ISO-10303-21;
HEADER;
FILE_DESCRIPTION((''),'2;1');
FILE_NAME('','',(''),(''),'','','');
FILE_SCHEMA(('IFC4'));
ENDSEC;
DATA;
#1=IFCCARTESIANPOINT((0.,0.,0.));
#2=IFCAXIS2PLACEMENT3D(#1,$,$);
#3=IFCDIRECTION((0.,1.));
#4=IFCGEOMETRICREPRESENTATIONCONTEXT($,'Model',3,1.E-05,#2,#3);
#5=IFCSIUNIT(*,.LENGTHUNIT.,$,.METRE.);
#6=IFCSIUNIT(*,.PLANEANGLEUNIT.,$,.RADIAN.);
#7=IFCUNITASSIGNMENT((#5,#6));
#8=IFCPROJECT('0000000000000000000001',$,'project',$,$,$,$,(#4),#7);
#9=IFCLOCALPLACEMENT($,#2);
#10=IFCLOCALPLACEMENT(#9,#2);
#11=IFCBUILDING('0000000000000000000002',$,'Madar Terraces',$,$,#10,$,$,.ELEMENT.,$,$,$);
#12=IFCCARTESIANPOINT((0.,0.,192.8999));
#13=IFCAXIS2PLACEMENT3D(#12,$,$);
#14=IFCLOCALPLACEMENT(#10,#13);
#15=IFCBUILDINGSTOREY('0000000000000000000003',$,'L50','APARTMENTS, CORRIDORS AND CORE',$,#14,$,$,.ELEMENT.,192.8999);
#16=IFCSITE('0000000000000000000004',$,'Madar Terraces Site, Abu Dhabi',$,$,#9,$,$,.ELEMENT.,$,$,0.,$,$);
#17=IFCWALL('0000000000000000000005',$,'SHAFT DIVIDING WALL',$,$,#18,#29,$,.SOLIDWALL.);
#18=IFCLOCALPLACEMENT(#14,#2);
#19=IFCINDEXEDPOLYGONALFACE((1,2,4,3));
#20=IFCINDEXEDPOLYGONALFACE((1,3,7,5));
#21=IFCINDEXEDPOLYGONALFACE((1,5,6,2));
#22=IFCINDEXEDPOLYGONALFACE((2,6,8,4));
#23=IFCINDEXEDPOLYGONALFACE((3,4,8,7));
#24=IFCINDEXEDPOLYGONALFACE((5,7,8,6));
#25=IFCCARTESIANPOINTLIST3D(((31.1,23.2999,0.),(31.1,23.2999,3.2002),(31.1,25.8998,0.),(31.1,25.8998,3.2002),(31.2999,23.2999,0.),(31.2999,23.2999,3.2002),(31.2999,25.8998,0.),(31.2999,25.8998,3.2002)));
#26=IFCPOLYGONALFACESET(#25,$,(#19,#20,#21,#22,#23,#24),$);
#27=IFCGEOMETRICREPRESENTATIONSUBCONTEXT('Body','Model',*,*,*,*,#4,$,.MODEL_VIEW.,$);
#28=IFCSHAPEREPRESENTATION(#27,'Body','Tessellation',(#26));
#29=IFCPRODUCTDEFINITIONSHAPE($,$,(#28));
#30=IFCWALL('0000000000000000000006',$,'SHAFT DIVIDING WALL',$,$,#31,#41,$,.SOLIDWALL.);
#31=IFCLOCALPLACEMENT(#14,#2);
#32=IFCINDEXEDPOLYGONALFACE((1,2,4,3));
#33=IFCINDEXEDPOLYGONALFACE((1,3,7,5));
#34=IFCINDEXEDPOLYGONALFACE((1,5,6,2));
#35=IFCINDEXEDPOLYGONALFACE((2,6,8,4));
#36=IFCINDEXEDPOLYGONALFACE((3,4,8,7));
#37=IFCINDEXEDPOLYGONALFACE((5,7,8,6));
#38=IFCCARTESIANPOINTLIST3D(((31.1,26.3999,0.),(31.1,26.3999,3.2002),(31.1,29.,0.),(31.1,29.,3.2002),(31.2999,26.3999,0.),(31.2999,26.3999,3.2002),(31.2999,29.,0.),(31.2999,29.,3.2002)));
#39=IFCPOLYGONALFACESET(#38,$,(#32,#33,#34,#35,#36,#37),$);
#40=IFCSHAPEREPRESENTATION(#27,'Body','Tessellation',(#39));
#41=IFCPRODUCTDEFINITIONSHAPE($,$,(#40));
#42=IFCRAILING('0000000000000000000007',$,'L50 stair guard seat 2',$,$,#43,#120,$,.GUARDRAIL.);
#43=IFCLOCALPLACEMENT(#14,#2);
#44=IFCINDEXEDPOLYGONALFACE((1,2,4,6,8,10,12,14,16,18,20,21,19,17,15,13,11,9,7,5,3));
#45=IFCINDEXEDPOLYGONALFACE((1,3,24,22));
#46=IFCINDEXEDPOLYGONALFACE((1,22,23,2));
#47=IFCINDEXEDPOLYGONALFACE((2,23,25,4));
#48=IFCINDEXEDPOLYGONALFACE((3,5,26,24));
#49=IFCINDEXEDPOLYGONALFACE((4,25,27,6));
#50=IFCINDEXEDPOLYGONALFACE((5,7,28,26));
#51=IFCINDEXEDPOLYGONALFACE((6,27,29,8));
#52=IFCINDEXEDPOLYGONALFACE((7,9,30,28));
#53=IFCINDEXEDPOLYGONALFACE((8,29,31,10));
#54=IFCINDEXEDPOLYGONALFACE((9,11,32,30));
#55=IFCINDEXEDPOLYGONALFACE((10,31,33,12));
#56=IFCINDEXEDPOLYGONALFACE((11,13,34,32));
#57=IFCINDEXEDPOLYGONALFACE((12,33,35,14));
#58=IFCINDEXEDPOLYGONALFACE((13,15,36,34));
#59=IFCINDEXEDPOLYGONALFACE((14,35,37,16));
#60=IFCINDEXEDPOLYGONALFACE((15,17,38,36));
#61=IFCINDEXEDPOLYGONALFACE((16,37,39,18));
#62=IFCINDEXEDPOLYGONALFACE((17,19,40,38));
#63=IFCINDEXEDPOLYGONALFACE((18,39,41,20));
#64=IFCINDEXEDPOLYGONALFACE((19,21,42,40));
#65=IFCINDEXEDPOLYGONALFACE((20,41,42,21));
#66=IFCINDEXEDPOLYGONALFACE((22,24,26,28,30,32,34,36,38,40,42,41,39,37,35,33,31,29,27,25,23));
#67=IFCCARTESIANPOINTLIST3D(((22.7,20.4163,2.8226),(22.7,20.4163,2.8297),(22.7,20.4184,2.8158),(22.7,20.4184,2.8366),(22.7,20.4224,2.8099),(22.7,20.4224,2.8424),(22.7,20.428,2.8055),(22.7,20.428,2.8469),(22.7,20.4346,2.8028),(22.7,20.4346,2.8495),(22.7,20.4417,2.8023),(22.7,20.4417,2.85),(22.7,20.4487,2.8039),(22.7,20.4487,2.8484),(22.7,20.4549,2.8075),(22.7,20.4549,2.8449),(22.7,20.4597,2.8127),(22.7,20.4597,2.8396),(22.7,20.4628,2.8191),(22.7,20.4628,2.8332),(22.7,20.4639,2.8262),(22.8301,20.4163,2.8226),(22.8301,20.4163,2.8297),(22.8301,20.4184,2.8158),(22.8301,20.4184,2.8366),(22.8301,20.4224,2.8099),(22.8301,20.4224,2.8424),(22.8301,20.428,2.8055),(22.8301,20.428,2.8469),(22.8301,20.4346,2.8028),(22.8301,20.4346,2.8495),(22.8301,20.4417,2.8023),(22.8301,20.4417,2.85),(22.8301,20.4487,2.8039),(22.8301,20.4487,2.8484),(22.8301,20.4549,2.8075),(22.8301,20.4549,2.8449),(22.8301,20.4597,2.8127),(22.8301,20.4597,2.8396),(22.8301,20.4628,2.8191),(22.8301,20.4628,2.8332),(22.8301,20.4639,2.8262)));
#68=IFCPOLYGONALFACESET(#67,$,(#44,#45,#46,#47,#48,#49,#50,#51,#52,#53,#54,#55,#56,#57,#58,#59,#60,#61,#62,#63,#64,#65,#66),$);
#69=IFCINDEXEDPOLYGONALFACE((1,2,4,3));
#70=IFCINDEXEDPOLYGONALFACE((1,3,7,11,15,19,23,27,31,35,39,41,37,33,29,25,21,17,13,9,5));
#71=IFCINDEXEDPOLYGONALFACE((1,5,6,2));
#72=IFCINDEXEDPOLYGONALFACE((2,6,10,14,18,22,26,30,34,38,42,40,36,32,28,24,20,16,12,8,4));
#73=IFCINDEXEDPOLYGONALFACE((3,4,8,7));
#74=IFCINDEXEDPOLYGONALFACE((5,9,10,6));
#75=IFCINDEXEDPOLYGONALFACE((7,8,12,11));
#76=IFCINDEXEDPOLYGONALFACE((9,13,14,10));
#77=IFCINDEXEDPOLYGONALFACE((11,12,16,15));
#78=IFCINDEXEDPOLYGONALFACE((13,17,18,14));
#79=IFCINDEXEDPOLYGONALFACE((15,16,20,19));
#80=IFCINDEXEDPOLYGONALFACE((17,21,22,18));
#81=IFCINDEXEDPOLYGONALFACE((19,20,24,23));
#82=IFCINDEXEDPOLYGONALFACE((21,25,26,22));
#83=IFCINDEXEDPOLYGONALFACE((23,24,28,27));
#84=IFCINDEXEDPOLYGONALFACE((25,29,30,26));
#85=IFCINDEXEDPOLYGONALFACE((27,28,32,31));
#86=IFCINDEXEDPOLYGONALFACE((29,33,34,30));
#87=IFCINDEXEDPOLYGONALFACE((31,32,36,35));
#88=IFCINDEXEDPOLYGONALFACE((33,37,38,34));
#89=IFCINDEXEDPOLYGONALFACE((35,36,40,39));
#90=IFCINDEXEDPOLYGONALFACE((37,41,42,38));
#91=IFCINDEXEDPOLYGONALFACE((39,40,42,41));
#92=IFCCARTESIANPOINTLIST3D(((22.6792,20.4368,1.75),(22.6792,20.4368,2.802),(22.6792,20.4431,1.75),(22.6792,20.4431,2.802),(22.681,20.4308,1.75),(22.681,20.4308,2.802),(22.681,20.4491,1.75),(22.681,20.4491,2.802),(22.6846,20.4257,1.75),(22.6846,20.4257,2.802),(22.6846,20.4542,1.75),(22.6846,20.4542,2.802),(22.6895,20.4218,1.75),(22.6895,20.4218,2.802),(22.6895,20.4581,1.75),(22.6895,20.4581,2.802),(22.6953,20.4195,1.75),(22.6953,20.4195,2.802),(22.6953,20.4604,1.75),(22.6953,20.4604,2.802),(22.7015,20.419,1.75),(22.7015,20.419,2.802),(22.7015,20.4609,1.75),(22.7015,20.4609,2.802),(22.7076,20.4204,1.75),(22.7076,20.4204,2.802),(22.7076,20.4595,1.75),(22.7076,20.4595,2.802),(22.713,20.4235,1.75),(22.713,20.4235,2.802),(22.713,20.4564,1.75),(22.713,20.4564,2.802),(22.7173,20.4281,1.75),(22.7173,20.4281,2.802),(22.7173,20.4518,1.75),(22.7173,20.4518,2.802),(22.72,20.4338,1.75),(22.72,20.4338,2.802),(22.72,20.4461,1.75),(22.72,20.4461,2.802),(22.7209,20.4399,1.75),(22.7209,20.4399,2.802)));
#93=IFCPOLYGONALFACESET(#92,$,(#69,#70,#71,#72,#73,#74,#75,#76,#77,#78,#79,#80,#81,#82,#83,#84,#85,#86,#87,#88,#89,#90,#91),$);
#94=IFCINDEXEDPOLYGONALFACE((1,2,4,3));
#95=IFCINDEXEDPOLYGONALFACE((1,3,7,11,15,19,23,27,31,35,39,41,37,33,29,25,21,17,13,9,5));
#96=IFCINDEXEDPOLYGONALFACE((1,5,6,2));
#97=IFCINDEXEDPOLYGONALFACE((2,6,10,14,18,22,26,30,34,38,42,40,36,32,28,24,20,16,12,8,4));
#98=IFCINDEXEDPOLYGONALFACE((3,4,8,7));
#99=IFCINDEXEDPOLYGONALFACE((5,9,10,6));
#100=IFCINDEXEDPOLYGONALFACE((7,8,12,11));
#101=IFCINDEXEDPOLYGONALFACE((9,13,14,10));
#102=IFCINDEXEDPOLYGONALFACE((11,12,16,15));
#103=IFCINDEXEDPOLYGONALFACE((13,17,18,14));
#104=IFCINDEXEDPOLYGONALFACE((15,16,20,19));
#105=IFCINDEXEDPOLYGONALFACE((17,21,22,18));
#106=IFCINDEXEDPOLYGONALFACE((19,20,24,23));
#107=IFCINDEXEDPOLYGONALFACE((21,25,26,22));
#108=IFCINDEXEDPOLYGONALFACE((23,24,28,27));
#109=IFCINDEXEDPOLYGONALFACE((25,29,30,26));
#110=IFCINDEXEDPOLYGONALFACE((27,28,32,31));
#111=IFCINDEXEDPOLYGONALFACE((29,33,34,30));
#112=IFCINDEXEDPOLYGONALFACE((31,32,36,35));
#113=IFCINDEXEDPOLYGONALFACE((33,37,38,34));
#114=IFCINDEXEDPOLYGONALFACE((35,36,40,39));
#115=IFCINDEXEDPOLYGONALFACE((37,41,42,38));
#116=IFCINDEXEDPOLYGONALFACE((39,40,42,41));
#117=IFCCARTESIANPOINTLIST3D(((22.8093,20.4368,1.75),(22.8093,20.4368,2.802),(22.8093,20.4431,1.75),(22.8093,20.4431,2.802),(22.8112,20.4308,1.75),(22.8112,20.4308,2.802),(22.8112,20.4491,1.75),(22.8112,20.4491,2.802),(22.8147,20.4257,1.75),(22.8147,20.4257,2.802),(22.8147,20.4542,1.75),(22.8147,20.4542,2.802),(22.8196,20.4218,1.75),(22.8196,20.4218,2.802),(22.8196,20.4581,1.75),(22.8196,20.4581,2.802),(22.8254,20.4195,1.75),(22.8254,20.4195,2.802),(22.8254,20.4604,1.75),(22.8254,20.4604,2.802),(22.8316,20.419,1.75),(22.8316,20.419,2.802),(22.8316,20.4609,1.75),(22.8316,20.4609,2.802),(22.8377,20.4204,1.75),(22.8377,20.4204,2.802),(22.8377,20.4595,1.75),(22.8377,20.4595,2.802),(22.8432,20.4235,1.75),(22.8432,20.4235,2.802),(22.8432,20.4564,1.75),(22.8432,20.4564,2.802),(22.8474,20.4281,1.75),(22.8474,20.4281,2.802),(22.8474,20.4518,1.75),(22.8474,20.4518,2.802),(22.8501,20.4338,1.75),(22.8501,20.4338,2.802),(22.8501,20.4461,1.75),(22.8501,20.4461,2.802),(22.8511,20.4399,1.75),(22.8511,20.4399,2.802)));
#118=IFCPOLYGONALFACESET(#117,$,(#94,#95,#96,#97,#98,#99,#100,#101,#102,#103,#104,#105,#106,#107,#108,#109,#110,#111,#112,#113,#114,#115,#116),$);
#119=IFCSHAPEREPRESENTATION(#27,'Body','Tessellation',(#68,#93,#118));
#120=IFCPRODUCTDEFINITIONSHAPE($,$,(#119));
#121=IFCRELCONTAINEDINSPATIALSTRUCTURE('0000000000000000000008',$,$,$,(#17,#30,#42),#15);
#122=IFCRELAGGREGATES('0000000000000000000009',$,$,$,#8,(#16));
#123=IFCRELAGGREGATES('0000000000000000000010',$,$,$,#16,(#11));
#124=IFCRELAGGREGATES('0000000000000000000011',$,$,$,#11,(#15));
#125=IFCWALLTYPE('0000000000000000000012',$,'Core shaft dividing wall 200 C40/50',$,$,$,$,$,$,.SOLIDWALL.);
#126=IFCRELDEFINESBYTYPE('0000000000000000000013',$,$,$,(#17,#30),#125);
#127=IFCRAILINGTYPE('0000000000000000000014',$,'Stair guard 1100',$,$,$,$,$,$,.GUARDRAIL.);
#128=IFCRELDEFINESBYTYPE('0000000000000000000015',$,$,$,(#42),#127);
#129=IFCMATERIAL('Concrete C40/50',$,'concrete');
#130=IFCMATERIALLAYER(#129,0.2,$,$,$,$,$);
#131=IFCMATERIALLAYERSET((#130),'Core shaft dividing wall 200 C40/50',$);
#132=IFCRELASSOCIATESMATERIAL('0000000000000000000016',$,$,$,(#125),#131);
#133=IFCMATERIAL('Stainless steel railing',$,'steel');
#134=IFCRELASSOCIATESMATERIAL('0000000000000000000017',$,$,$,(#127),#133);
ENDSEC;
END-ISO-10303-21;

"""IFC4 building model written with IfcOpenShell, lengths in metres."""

from ifc_helpers import new_model, si_unit, direction, frame, frame_2d, origin, origin_2d, place, context, subcontext, project, spatial, rectangle, circle, extrude, material, layer, layer_set, type_object, element, save


model = new_model("IFC4")

# Units and contexts
model_context = context("Model", 3, precision=1e-05, world=origin(), true_north=direction((0.0, 1.0)))
body_context = subcontext(model_context, "Body", "Model", "MODEL_VIEW")
ifc_project = project(units=[si_unit("LENGTHUNIT", "METRE"), si_unit("PLANEANGLEUNIT", "RADIAN")], contexts=[model_context])

# Site, building, storey
site_placement = place(None, origin())
site = spatial("IfcSite", under=ifc_project, at=site_placement, Name="Madar Terraces Site, Abu Dhabi", CompositionType="ELEMENT", RefElevation=0.0)
building_placement = place(site_placement, origin())
building = spatial("IfcBuilding", under=site, at=building_placement, Name="Madar Terraces", CompositionType="ELEMENT")
storey_placement = place(building_placement, frame((0.0, 0.0, 192.8999)))
storey = spatial("IfcBuildingStorey", under=building, at=storey_placement, Name="L50", Description="APARTMENTS, CORRIDORS AND CORE", CompositionType="ELEMENT", Elevation=192.8999)

# Walls
ifc_material_1 = material(Name="Concrete C40/50", Category="concrete")
ifc_layer_1 = layer(ifc_material_1, 0.2)
ifc_layer_set_1 = layer_set([ifc_layer_1], Name="Core shaft dividing wall 200 C40/50")
wall_type_1 = type_object("IfcWallType", Name="Core shaft dividing wall 200 C40/50", PredefinedType="SOLIDWALL", material=ifc_layer_set_1)
wall_1_placement = place(storey_placement, frame((31.2, 23.3, 0.0), z_axis=(0.0, 0.0, 1.0), x_axis=(0.0, 1.0, 0.0)))
element("IfcWall", 1, at=wall_1_placement, inside=storey, type_object=wall_type_1, Name="SHAFT DIVIDING WALL", PredefinedType="SOLIDWALL", context=body_context, shape_type="SweptSolid", body=[
    extrude(rectangle(XDim=2.5999, YDim=0.2, at=frame_2d((1.2998, 0.0))), origin(), (0.0, 0.0, 1.0), 3.2002),
])
wall_2_placement = place(storey_placement, frame((31.2, 26.3999, 0.0), z_axis=(0.0, 0.0, 1.0), x_axis=(0.0, 1.0, 0.0)))
element("IfcWall", 2, at=wall_2_placement, inside=storey, type_object=wall_type_1, Name="SHAFT DIVIDING WALL", PredefinedType="SOLIDWALL", context=body_context, shape_type="SweptSolid", body=[
    extrude(rectangle(XDim=2.6001, YDim=0.2, at=frame_2d((1.3, 0.0))), origin(), (0.0, 0.0, 1.0), 3.2002),
])

# Railing
ifc_material_2 = material(Name="Stainless steel railing", Category="steel")
railing_type = type_object("IfcRailingType", Name="Stair guard 1100", PredefinedType="GUARDRAIL", material=ifc_material_2)
railing_placement = place(storey_placement, frame((22.7, 20.4399, 1.75)))
element("IfcRailing", 3, at=railing_placement, inside=storey, type_object=railing_type, Name="L50 stair guard seat 2", PredefinedType="GUARDRAIL", context=body_context, shape_type="SweptSolid", body=[
    extrude(circle(Radius=0.0239, at=origin_2d()), frame((0.0, 0.0, 1.0762), z_axis=(1.0, 0.0, 0.0), x_axis=(0.0, 1.0, 0.0)), (0.0, 0.0, 1.0), 0.1301),
    extrude(circle(Radius=0.021, at=origin_2d()), origin(), (0.0, 0.0, 1.0), 1.052),
    extrude(circle(Radius=0.021, at=origin_2d()), frame((0.1301, 0.0, 0.0)), (0.0, 0.0, 1.0), 1.052),
])

save(model, "model.ifc")
